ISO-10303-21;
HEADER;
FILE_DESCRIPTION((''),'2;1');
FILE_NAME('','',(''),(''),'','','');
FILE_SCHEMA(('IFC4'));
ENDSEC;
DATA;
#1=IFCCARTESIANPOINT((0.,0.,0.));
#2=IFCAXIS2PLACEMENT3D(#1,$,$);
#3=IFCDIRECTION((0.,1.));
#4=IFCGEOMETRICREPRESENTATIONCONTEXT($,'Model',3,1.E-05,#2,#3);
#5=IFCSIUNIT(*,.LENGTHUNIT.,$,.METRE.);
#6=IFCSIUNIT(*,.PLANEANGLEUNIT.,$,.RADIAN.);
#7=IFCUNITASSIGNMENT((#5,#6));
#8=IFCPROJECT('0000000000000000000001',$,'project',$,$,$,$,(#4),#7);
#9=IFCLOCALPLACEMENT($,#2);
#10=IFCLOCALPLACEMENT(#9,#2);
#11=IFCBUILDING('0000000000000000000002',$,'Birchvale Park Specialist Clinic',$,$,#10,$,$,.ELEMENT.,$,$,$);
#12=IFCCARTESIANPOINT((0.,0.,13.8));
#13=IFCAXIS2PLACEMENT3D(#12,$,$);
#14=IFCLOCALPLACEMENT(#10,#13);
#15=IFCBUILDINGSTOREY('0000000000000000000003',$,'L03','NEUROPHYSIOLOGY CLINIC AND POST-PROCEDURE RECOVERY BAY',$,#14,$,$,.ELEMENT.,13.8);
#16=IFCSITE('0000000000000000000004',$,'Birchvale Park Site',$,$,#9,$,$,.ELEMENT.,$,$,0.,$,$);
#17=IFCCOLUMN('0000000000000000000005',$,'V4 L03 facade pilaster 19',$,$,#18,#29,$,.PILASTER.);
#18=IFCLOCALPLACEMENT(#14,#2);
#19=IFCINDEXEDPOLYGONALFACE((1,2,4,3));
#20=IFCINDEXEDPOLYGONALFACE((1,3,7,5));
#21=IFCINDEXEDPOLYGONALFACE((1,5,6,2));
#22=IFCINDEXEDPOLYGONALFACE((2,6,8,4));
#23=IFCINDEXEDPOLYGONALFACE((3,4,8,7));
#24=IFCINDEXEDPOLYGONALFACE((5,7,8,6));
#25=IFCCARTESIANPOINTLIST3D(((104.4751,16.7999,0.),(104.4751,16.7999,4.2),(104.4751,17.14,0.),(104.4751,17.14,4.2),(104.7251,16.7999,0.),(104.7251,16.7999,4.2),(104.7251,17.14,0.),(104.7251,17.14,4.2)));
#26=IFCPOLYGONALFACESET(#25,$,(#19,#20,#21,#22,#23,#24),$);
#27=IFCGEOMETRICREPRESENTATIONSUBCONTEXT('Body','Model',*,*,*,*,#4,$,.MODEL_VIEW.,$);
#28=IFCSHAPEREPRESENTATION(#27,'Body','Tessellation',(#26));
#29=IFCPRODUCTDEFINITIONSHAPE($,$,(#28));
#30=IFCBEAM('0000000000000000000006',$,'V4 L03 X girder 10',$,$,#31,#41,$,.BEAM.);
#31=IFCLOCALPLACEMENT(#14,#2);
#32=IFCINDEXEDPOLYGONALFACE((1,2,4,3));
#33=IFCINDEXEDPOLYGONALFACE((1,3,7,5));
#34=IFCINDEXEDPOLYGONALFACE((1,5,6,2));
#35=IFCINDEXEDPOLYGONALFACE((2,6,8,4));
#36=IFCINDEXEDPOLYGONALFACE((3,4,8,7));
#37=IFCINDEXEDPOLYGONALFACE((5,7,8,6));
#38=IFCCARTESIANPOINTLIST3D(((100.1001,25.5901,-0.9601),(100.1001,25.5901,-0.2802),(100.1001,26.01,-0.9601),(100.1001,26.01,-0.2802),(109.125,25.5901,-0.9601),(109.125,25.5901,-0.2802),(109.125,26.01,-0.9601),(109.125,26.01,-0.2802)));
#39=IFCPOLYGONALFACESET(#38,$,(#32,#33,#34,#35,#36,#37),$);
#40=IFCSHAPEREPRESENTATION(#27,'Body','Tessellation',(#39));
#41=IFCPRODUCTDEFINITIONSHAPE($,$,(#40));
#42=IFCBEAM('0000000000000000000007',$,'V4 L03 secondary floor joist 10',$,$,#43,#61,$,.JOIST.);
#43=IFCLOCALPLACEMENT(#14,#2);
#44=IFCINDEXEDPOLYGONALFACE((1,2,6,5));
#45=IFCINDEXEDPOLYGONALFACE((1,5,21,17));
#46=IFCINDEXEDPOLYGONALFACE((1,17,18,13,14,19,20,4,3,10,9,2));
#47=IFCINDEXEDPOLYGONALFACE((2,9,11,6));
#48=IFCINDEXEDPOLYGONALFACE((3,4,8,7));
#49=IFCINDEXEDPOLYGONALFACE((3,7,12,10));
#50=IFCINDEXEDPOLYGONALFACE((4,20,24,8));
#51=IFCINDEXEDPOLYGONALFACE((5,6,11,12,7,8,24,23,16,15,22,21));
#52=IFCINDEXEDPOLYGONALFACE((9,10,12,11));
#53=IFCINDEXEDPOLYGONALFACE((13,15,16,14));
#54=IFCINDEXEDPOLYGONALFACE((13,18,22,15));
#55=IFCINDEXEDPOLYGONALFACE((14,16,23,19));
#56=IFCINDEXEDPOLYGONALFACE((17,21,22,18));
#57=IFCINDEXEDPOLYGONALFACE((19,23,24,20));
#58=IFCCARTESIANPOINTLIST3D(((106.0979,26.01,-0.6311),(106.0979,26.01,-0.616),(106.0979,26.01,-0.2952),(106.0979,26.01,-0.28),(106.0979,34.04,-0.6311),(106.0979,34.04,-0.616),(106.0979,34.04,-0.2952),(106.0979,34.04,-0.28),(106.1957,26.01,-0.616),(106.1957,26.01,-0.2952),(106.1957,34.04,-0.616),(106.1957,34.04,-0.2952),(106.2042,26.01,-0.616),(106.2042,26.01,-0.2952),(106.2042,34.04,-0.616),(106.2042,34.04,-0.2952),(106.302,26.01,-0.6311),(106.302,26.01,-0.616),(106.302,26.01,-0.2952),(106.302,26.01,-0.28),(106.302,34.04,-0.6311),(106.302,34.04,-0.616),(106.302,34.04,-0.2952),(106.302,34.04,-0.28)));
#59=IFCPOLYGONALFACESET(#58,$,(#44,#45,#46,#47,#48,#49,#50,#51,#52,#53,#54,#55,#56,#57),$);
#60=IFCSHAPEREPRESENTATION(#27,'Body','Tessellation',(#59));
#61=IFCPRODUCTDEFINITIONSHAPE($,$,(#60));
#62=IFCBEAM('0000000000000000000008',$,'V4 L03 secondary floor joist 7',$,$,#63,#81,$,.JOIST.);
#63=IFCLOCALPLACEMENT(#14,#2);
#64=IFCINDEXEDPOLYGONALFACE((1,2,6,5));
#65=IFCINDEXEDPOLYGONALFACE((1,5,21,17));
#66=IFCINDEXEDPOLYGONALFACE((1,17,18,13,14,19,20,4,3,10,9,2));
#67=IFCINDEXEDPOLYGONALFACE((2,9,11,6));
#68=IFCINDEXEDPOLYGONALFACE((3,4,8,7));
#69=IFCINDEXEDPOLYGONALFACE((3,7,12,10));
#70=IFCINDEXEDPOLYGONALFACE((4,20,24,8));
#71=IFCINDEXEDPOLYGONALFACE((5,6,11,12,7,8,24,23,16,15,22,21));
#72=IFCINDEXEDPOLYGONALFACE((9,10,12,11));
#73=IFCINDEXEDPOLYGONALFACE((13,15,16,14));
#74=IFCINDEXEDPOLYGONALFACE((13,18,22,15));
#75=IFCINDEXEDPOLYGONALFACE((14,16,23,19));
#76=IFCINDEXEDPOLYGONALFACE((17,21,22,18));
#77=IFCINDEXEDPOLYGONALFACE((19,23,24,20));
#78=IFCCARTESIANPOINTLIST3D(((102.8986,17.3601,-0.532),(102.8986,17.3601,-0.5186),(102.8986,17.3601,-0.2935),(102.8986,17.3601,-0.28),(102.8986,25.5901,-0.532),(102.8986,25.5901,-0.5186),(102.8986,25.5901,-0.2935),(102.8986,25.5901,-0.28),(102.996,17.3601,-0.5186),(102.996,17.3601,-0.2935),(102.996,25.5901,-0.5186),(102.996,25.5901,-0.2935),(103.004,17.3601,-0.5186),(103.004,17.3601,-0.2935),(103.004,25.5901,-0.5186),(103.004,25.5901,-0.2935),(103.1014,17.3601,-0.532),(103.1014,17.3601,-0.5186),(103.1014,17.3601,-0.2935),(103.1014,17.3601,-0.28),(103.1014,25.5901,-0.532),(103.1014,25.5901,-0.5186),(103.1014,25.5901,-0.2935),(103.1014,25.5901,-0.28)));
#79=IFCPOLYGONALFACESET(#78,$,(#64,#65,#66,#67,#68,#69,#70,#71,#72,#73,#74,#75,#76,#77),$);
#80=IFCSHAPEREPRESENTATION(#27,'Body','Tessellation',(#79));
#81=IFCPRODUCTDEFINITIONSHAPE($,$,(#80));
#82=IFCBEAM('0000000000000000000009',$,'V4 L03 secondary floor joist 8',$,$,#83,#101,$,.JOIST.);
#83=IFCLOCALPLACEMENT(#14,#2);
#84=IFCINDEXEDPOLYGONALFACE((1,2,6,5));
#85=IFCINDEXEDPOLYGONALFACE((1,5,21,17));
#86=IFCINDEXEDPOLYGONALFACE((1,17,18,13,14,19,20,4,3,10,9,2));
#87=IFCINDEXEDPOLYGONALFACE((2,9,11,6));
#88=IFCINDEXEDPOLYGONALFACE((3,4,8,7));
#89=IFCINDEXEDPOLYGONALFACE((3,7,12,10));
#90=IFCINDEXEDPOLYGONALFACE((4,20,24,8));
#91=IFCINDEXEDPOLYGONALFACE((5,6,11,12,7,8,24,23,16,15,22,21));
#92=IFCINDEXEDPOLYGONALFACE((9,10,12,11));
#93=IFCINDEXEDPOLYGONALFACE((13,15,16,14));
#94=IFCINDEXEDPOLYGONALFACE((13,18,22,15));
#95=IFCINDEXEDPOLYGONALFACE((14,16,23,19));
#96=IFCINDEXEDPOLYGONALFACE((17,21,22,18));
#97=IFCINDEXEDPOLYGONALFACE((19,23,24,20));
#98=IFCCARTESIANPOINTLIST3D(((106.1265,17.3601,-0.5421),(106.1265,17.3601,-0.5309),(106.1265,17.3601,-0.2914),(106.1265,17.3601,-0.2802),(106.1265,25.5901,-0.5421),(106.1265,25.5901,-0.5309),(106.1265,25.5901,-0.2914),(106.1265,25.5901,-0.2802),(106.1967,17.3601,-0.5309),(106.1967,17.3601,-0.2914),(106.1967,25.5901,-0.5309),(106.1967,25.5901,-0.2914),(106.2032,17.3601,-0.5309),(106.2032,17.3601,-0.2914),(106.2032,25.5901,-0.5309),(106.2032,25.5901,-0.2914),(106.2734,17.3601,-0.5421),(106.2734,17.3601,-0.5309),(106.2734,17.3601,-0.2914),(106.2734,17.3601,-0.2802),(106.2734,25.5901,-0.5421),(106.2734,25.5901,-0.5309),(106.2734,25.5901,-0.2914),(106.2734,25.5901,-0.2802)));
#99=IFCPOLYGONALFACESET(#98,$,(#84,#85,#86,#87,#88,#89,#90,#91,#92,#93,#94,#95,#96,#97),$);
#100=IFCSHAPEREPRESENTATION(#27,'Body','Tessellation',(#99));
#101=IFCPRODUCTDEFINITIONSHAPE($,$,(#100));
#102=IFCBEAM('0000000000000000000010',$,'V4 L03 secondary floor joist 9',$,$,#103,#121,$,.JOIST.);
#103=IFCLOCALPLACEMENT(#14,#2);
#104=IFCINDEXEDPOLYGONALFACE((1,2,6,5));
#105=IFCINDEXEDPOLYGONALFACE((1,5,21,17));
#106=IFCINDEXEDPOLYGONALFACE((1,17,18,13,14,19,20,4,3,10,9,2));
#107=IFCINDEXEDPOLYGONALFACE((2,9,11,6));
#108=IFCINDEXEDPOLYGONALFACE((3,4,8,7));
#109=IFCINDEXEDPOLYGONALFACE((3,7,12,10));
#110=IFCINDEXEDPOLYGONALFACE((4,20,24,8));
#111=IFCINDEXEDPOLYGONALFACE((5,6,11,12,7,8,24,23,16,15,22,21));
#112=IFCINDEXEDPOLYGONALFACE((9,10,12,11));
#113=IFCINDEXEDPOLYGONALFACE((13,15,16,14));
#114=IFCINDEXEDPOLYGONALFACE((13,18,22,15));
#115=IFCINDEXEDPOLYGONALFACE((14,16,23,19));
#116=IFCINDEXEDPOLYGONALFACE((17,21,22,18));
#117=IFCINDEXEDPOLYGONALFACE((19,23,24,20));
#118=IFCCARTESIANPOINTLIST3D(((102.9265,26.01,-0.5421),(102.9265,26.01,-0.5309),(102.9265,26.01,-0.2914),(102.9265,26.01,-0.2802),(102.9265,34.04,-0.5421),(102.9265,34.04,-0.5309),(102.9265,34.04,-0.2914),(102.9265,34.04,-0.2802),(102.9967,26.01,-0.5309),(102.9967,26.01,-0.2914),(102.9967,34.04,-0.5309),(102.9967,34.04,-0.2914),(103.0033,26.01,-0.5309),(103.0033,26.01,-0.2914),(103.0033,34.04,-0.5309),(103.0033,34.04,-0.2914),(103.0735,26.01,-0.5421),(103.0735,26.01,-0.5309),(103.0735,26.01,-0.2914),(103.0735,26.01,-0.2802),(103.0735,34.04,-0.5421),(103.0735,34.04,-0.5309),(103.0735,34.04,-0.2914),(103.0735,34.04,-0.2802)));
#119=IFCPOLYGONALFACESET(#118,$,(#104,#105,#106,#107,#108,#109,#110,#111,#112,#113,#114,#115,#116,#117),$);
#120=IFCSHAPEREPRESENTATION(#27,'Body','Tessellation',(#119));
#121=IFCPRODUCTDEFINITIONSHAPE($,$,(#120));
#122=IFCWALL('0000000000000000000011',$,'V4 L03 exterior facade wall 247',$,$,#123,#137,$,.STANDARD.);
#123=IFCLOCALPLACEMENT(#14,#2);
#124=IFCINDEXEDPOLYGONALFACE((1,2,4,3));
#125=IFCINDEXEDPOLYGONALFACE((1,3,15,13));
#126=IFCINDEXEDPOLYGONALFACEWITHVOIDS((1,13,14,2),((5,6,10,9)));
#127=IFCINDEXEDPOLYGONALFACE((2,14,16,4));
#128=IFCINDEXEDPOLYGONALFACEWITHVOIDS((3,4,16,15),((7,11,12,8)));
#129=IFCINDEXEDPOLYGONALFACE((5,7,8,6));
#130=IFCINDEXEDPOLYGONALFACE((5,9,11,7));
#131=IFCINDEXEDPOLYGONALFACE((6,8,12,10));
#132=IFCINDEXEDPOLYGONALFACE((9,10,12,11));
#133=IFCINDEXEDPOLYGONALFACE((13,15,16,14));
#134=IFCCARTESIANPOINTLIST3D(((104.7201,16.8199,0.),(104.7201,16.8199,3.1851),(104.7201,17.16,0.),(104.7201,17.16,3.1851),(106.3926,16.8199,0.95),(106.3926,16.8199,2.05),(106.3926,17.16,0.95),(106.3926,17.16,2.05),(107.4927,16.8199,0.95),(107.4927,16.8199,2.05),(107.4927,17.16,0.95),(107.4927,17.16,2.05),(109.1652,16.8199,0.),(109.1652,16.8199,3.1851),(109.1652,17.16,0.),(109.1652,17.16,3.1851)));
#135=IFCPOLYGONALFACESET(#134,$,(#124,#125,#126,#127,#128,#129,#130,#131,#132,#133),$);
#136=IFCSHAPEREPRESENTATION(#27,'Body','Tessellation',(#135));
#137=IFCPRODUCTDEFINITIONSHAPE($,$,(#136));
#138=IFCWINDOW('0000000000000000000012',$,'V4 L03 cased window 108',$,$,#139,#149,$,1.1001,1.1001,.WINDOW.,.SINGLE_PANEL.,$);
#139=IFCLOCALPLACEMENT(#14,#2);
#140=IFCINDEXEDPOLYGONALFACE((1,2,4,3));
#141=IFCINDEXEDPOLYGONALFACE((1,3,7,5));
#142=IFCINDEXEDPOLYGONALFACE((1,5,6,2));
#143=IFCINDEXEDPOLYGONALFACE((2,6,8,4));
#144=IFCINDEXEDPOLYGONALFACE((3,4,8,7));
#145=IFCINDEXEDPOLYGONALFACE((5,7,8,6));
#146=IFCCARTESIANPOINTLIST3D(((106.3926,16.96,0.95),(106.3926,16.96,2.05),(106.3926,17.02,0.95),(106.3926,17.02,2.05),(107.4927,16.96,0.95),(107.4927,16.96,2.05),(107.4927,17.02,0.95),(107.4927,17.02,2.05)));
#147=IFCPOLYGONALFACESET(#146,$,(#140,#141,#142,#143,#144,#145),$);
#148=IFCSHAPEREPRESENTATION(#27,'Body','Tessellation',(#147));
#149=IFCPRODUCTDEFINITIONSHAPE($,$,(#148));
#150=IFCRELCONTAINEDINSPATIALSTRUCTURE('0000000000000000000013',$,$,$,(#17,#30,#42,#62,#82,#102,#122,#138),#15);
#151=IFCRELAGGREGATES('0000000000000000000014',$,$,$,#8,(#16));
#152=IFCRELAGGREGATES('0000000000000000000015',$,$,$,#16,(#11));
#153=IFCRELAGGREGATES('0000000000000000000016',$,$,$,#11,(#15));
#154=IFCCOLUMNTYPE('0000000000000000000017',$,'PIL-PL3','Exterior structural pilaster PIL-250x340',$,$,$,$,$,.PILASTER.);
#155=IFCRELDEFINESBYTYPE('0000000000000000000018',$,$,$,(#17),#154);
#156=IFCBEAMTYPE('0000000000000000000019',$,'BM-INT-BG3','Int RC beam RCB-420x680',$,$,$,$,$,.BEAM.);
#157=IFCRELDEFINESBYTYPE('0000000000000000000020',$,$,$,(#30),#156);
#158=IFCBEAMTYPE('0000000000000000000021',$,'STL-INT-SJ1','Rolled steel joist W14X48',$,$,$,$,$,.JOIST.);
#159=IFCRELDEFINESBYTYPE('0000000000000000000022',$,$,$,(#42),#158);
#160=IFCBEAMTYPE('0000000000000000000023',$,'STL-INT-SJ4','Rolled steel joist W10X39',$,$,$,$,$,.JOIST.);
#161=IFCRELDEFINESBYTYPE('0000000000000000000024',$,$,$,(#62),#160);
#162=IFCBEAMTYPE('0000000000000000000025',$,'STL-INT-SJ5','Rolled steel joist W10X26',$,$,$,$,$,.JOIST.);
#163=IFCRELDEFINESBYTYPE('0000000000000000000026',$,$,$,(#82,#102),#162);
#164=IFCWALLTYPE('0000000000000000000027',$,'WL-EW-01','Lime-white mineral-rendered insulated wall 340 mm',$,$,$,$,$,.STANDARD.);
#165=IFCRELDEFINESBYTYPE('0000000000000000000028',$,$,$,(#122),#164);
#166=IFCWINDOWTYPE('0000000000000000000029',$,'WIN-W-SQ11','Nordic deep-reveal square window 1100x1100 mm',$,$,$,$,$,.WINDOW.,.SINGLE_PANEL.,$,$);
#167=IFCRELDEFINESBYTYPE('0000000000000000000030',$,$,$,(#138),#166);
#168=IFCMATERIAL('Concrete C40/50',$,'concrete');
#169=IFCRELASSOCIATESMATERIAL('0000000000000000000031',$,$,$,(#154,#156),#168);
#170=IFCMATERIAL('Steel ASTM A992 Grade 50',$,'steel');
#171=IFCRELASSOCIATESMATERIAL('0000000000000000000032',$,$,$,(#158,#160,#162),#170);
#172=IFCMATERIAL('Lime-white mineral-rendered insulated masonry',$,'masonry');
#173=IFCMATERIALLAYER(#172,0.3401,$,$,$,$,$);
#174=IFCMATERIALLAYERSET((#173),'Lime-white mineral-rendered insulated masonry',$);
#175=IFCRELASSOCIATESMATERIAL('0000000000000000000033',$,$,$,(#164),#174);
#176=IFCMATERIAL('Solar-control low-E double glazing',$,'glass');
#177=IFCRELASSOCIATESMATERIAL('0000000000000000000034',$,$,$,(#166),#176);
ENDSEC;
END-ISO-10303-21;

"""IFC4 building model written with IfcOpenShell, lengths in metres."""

from ifc_helpers import new_model, si_unit, direction, frame, frame_2d, origin, origin_2d, place, context, subcontext, project, spatial, rectangle, i_section, extrude, material, layer, layer_set, material_profile, profile_set, type_object, element, fill, save


model = new_model("IFC4")

# Units and contexts
model_context = context("Model", 3, precision=1e-05, world=origin(), true_north=direction((0.0, 1.0)))
body_context = subcontext(model_context, "Body", "Model", "MODEL_VIEW")
ifc_project = project(units=[si_unit("LENGTHUNIT", "METRE"), si_unit("PLANEANGLEUNIT", "RADIAN")], contexts=[model_context])

# Site, building, storey
site_placement = place(None, origin())
site = spatial("IfcSite", under=ifc_project, at=site_placement, Name="Birchvale Park Site", CompositionType="ELEMENT", RefElevation=0.0)
building_placement = place(site_placement, origin())
building = spatial("IfcBuilding", under=site, at=building_placement, Name="Birchvale Park Specialist Clinic", CompositionType="ELEMENT")
storey_placement = place(building_placement, frame((0.0, 0.0, 13.8)))
storey = spatial("IfcBuildingStorey", under=building, at=storey_placement, Name="L03", Description="NEUROPHYSIOLOGY CLINIC AND POST-PROCEDURE RECOVERY BAY", CompositionType="ELEMENT", Elevation=13.8)

# Column
ifc_material_1 = material(Name="Concrete C40/50", Category="concrete")
ifc_material_profile_1 = material_profile(ifc_material_1, rectangle(XDim=0.25, YDim=0.3401, at=origin_2d()), Name="PIL-250x340")
ifc_profile_set_1 = profile_set([ifc_material_profile_1], Name="Concrete C40/50")
column_type = type_object("IfcColumnType", Name="PIL-PL3", Description="Exterior structural pilaster PIL-250x340", PredefinedType="PILASTER", material=ifc_profile_set_1)
column_placement = place(storey_placement, frame((104.6001, 16.97, 0.0), z_axis=(0.0, 0.0, 1.0), x_axis=(1.0, 0.0, 0.0)))
element("IfcColumn", 1, at=column_placement, inside=storey, type_object=column_type, Name="V4 L03 facade pilaster 19", PredefinedType="PILASTER", context=body_context, shape_type="SweptSolid", body=[
    extrude(rectangle(XDim=0.25, YDim=0.3401, at=origin_2d()), origin(), (0.0, 0.0, 1.0), 4.2),
])

# Beams
ifc_material_profile_2 = material_profile(ifc_material_1, rectangle(XDim=0.4199, YDim=0.6799, at=origin_2d()), Name="RCB-420x680")
ifc_profile_set_2 = profile_set([ifc_material_profile_2], Name="Concrete C40/50")
beam_type_1 = type_object("IfcBeamType", Name="BM-INT-BG3", Description="Int RC beam RCB-420x680", PredefinedType="BEAM", material=ifc_profile_set_2)
beam_1_placement = place(storey_placement, frame((100.1001, 25.8, -0.6201), z_axis=(1.0, 0.0, 0.0), x_axis=(0.0, 1.0, 0.0)))
element("IfcBeam", 2, at=beam_1_placement, inside=storey, type_object=beam_type_1, Name="V4 L03 X girder 10", PredefinedType="BEAM", context=body_context, shape_type="SweptSolid", body=[
    extrude(rectangle(XDim=0.4199, YDim=0.6799, at=origin_2d()), origin(), (0.0, 0.0, 1.0), 9.0249),
])
ifc_material_2 = material(Name="Steel ASTM A992 Grade 50", Category="steel")
ifc_material_profile_3 = material_profile(ifc_material_2, i_section(OverallWidth=0.2041, OverallDepth=0.3511, WebThickness=0.0085, FlangeThickness=0.0151, at=origin_2d()), Name="W14X48")
ifc_profile_set_3 = profile_set([ifc_material_profile_3], Name="Steel ASTM A992 Grade 50")
beam_type_2 = type_object("IfcBeamType", Name="STL-INT-SJ1", Description="Rolled steel joist W14X48", PredefinedType="JOIST", material=ifc_profile_set_3)
beam_2_placement = place(storey_placement, frame((106.2, 26.01, -0.4556), z_axis=(0.0, 1.0, 0.0), x_axis=(-1.0, 0.0, 0.0)))
element("IfcBeam", 3, at=beam_2_placement, inside=storey, type_object=beam_type_2, Name="V4 L03 secondary floor joist 10", PredefinedType="JOIST", context=body_context, shape_type="SweptSolid", body=[
    extrude(i_section(OverallWidth=0.2041, OverallDepth=0.3511, WebThickness=0.0085, FlangeThickness=0.0151, at=origin_2d()), origin(), (0.0, 0.0, 1.0), 8.03),
])
ifc_material_profile_4 = material_profile(ifc_material_2, i_section(OverallWidth=0.2029, OverallDepth=0.252, WebThickness=0.0081, FlangeThickness=0.0134, at=origin_2d()), Name="W10X39")
ifc_profile_set_4 = profile_set([ifc_material_profile_4], Name="Steel ASTM A992 Grade 50")
beam_type_3 = type_object("IfcBeamType", Name="STL-INT-SJ4", Description="Rolled steel joist W10X39", PredefinedType="JOIST", material=ifc_profile_set_4)
beam_3_placement = place(storey_placement, frame((103.0, 17.3601, -0.406), z_axis=(0.0, 1.0, 0.0), x_axis=(-1.0, 0.0, 0.0)))
element("IfcBeam", 4, at=beam_3_placement, inside=storey, type_object=beam_type_3, Name="V4 L03 secondary floor joist 7", PredefinedType="JOIST", context=body_context, shape_type="SweptSolid", body=[
    extrude(i_section(OverallWidth=0.2029, OverallDepth=0.252, WebThickness=0.0081, FlangeThickness=0.0134, at=origin_2d()), origin(), (0.0, 0.0, 1.0), 8.23),
])
ifc_material_profile_5 = material_profile(ifc_material_2, i_section(OverallWidth=0.147, OverallDepth=0.262, WebThickness=0.0066, FlangeThickness=0.0112, at=origin_2d()), Name="W10X26")
ifc_profile_set_5 = profile_set([ifc_material_profile_5], Name="Steel ASTM A992 Grade 50")
beam_type_4 = type_object("IfcBeamType", Name="STL-INT-SJ5", Description="Rolled steel joist W10X26", PredefinedType="JOIST", material=ifc_profile_set_5)
beam_4_placement = place(storey_placement, frame((106.2, 17.3601, -0.4111), z_axis=(0.0, 1.0, 0.0), x_axis=(-1.0, 0.0, 0.0)))
element("IfcBeam", 5, at=beam_4_placement, inside=storey, type_object=beam_type_4, Name="V4 L03 secondary floor joist 8", PredefinedType="JOIST", context=body_context, shape_type="SweptSolid", body=[
    extrude(i_section(OverallWidth=0.147, OverallDepth=0.262, WebThickness=0.0066, FlangeThickness=0.0112, at=origin_2d()), origin(), (0.0, 0.0, 1.0), 8.23),
])
beam_5_placement = place(storey_placement, frame((103.0, 26.01, -0.4111), z_axis=(0.0, 1.0, 0.0), x_axis=(-1.0, 0.0, 0.0)))
element("IfcBeam", 6, at=beam_5_placement, inside=storey, type_object=beam_type_4, Name="V4 L03 secondary floor joist 9", PredefinedType="JOIST", context=body_context, shape_type="SweptSolid", body=[
    extrude(i_section(OverallWidth=0.147, OverallDepth=0.262, WebThickness=0.0066, FlangeThickness=0.0112, at=origin_2d()), origin(), (0.0, 0.0, 1.0), 8.03),
])

# Wall, opening, window
ifc_material_3 = material(Name="Lime-white mineral-rendered insulated masonry", Category="masonry")
ifc_layer_1 = layer(ifc_material_3, 0.3401)
ifc_layer_set_1 = layer_set([ifc_layer_1], Name="Lime-white mineral-rendered insulated masonry")
wall_type_1 = type_object("IfcWallType", Name="WL-EW-01", Description="Lime-white mineral-rendered insulated wall 340 mm", PredefinedType="STANDARD", material=ifc_layer_set_1)
wall_1_placement = place(storey_placement, frame((104.72, 16.99, 0.0), z_axis=(0.0, 0.0, 1.0), x_axis=(1.0, 0.0, 0.0)))
wall_1 = element("IfcWall", 7, at=wall_1_placement, inside=storey, type_object=wall_type_1, Name="V4 L03 exterior facade wall 247", PredefinedType="STANDARD", context=body_context, shape_type="SweptSolid", body=[
    extrude(rectangle(XDim=4.4451, YDim=0.3401, at=frame_2d((2.2227, 0.0))), origin(), (0.0, 0.0, 1.0), 3.1851),
])
opening_1_placement = place(wall_1_placement, frame((1.6726, 0.0, 0.95)))
opening_1 = element("IfcOpeningElement", 8, at=opening_1_placement, cuts=wall_1, PredefinedType="OPENING", context=body_context, shape_type="SweptSolid", body=[
    extrude(rectangle(XDim=1.1001, YDim=1.1001, at=frame_2d((0.55, 0.55))), frame((0.0, 0.1802, 0.0), z_axis=(0.0, -1.0, 0.0), x_axis=(1.0, 0.0, 0.0)), (0.0, 0.0, 1.0), 0.3601),
])
ifc_material_4 = material(Name="Solar-control low-E double glazing", Category="glass")
window_type_1 = type_object("IfcWindowType", Name="WIN-W-SQ11", Description="Nordic deep-reveal square window 1100x1100 mm", PartitioningType="SINGLE_PANEL", PredefinedType="WINDOW", material=ifc_material_4)
window_1_placement = place(opening_1_placement, origin())
window_1 = element("IfcWindow", 9, at=window_1_placement, inside=storey, type_object=window_type_1, Name="V4 L03 cased window 108", OverallHeight=1.1001, OverallWidth=1.1001, PartitioningType="SINGLE_PANEL", PredefinedType="WINDOW", context=body_context, shape_type="SweptSolid", body=[
    extrude(rectangle(XDim=1.1001, YDim=1.1001, at=frame_2d((0.55, 0.55))), frame((0.0, 0.03, 0.0), z_axis=(0.0, -1.0, 0.0), x_axis=(1.0, 0.0, 0.0)), (0.0, 0.0, 1.0), 0.0601),
])
fill(opening_1, window_1)

save(model, "model.ifc")
